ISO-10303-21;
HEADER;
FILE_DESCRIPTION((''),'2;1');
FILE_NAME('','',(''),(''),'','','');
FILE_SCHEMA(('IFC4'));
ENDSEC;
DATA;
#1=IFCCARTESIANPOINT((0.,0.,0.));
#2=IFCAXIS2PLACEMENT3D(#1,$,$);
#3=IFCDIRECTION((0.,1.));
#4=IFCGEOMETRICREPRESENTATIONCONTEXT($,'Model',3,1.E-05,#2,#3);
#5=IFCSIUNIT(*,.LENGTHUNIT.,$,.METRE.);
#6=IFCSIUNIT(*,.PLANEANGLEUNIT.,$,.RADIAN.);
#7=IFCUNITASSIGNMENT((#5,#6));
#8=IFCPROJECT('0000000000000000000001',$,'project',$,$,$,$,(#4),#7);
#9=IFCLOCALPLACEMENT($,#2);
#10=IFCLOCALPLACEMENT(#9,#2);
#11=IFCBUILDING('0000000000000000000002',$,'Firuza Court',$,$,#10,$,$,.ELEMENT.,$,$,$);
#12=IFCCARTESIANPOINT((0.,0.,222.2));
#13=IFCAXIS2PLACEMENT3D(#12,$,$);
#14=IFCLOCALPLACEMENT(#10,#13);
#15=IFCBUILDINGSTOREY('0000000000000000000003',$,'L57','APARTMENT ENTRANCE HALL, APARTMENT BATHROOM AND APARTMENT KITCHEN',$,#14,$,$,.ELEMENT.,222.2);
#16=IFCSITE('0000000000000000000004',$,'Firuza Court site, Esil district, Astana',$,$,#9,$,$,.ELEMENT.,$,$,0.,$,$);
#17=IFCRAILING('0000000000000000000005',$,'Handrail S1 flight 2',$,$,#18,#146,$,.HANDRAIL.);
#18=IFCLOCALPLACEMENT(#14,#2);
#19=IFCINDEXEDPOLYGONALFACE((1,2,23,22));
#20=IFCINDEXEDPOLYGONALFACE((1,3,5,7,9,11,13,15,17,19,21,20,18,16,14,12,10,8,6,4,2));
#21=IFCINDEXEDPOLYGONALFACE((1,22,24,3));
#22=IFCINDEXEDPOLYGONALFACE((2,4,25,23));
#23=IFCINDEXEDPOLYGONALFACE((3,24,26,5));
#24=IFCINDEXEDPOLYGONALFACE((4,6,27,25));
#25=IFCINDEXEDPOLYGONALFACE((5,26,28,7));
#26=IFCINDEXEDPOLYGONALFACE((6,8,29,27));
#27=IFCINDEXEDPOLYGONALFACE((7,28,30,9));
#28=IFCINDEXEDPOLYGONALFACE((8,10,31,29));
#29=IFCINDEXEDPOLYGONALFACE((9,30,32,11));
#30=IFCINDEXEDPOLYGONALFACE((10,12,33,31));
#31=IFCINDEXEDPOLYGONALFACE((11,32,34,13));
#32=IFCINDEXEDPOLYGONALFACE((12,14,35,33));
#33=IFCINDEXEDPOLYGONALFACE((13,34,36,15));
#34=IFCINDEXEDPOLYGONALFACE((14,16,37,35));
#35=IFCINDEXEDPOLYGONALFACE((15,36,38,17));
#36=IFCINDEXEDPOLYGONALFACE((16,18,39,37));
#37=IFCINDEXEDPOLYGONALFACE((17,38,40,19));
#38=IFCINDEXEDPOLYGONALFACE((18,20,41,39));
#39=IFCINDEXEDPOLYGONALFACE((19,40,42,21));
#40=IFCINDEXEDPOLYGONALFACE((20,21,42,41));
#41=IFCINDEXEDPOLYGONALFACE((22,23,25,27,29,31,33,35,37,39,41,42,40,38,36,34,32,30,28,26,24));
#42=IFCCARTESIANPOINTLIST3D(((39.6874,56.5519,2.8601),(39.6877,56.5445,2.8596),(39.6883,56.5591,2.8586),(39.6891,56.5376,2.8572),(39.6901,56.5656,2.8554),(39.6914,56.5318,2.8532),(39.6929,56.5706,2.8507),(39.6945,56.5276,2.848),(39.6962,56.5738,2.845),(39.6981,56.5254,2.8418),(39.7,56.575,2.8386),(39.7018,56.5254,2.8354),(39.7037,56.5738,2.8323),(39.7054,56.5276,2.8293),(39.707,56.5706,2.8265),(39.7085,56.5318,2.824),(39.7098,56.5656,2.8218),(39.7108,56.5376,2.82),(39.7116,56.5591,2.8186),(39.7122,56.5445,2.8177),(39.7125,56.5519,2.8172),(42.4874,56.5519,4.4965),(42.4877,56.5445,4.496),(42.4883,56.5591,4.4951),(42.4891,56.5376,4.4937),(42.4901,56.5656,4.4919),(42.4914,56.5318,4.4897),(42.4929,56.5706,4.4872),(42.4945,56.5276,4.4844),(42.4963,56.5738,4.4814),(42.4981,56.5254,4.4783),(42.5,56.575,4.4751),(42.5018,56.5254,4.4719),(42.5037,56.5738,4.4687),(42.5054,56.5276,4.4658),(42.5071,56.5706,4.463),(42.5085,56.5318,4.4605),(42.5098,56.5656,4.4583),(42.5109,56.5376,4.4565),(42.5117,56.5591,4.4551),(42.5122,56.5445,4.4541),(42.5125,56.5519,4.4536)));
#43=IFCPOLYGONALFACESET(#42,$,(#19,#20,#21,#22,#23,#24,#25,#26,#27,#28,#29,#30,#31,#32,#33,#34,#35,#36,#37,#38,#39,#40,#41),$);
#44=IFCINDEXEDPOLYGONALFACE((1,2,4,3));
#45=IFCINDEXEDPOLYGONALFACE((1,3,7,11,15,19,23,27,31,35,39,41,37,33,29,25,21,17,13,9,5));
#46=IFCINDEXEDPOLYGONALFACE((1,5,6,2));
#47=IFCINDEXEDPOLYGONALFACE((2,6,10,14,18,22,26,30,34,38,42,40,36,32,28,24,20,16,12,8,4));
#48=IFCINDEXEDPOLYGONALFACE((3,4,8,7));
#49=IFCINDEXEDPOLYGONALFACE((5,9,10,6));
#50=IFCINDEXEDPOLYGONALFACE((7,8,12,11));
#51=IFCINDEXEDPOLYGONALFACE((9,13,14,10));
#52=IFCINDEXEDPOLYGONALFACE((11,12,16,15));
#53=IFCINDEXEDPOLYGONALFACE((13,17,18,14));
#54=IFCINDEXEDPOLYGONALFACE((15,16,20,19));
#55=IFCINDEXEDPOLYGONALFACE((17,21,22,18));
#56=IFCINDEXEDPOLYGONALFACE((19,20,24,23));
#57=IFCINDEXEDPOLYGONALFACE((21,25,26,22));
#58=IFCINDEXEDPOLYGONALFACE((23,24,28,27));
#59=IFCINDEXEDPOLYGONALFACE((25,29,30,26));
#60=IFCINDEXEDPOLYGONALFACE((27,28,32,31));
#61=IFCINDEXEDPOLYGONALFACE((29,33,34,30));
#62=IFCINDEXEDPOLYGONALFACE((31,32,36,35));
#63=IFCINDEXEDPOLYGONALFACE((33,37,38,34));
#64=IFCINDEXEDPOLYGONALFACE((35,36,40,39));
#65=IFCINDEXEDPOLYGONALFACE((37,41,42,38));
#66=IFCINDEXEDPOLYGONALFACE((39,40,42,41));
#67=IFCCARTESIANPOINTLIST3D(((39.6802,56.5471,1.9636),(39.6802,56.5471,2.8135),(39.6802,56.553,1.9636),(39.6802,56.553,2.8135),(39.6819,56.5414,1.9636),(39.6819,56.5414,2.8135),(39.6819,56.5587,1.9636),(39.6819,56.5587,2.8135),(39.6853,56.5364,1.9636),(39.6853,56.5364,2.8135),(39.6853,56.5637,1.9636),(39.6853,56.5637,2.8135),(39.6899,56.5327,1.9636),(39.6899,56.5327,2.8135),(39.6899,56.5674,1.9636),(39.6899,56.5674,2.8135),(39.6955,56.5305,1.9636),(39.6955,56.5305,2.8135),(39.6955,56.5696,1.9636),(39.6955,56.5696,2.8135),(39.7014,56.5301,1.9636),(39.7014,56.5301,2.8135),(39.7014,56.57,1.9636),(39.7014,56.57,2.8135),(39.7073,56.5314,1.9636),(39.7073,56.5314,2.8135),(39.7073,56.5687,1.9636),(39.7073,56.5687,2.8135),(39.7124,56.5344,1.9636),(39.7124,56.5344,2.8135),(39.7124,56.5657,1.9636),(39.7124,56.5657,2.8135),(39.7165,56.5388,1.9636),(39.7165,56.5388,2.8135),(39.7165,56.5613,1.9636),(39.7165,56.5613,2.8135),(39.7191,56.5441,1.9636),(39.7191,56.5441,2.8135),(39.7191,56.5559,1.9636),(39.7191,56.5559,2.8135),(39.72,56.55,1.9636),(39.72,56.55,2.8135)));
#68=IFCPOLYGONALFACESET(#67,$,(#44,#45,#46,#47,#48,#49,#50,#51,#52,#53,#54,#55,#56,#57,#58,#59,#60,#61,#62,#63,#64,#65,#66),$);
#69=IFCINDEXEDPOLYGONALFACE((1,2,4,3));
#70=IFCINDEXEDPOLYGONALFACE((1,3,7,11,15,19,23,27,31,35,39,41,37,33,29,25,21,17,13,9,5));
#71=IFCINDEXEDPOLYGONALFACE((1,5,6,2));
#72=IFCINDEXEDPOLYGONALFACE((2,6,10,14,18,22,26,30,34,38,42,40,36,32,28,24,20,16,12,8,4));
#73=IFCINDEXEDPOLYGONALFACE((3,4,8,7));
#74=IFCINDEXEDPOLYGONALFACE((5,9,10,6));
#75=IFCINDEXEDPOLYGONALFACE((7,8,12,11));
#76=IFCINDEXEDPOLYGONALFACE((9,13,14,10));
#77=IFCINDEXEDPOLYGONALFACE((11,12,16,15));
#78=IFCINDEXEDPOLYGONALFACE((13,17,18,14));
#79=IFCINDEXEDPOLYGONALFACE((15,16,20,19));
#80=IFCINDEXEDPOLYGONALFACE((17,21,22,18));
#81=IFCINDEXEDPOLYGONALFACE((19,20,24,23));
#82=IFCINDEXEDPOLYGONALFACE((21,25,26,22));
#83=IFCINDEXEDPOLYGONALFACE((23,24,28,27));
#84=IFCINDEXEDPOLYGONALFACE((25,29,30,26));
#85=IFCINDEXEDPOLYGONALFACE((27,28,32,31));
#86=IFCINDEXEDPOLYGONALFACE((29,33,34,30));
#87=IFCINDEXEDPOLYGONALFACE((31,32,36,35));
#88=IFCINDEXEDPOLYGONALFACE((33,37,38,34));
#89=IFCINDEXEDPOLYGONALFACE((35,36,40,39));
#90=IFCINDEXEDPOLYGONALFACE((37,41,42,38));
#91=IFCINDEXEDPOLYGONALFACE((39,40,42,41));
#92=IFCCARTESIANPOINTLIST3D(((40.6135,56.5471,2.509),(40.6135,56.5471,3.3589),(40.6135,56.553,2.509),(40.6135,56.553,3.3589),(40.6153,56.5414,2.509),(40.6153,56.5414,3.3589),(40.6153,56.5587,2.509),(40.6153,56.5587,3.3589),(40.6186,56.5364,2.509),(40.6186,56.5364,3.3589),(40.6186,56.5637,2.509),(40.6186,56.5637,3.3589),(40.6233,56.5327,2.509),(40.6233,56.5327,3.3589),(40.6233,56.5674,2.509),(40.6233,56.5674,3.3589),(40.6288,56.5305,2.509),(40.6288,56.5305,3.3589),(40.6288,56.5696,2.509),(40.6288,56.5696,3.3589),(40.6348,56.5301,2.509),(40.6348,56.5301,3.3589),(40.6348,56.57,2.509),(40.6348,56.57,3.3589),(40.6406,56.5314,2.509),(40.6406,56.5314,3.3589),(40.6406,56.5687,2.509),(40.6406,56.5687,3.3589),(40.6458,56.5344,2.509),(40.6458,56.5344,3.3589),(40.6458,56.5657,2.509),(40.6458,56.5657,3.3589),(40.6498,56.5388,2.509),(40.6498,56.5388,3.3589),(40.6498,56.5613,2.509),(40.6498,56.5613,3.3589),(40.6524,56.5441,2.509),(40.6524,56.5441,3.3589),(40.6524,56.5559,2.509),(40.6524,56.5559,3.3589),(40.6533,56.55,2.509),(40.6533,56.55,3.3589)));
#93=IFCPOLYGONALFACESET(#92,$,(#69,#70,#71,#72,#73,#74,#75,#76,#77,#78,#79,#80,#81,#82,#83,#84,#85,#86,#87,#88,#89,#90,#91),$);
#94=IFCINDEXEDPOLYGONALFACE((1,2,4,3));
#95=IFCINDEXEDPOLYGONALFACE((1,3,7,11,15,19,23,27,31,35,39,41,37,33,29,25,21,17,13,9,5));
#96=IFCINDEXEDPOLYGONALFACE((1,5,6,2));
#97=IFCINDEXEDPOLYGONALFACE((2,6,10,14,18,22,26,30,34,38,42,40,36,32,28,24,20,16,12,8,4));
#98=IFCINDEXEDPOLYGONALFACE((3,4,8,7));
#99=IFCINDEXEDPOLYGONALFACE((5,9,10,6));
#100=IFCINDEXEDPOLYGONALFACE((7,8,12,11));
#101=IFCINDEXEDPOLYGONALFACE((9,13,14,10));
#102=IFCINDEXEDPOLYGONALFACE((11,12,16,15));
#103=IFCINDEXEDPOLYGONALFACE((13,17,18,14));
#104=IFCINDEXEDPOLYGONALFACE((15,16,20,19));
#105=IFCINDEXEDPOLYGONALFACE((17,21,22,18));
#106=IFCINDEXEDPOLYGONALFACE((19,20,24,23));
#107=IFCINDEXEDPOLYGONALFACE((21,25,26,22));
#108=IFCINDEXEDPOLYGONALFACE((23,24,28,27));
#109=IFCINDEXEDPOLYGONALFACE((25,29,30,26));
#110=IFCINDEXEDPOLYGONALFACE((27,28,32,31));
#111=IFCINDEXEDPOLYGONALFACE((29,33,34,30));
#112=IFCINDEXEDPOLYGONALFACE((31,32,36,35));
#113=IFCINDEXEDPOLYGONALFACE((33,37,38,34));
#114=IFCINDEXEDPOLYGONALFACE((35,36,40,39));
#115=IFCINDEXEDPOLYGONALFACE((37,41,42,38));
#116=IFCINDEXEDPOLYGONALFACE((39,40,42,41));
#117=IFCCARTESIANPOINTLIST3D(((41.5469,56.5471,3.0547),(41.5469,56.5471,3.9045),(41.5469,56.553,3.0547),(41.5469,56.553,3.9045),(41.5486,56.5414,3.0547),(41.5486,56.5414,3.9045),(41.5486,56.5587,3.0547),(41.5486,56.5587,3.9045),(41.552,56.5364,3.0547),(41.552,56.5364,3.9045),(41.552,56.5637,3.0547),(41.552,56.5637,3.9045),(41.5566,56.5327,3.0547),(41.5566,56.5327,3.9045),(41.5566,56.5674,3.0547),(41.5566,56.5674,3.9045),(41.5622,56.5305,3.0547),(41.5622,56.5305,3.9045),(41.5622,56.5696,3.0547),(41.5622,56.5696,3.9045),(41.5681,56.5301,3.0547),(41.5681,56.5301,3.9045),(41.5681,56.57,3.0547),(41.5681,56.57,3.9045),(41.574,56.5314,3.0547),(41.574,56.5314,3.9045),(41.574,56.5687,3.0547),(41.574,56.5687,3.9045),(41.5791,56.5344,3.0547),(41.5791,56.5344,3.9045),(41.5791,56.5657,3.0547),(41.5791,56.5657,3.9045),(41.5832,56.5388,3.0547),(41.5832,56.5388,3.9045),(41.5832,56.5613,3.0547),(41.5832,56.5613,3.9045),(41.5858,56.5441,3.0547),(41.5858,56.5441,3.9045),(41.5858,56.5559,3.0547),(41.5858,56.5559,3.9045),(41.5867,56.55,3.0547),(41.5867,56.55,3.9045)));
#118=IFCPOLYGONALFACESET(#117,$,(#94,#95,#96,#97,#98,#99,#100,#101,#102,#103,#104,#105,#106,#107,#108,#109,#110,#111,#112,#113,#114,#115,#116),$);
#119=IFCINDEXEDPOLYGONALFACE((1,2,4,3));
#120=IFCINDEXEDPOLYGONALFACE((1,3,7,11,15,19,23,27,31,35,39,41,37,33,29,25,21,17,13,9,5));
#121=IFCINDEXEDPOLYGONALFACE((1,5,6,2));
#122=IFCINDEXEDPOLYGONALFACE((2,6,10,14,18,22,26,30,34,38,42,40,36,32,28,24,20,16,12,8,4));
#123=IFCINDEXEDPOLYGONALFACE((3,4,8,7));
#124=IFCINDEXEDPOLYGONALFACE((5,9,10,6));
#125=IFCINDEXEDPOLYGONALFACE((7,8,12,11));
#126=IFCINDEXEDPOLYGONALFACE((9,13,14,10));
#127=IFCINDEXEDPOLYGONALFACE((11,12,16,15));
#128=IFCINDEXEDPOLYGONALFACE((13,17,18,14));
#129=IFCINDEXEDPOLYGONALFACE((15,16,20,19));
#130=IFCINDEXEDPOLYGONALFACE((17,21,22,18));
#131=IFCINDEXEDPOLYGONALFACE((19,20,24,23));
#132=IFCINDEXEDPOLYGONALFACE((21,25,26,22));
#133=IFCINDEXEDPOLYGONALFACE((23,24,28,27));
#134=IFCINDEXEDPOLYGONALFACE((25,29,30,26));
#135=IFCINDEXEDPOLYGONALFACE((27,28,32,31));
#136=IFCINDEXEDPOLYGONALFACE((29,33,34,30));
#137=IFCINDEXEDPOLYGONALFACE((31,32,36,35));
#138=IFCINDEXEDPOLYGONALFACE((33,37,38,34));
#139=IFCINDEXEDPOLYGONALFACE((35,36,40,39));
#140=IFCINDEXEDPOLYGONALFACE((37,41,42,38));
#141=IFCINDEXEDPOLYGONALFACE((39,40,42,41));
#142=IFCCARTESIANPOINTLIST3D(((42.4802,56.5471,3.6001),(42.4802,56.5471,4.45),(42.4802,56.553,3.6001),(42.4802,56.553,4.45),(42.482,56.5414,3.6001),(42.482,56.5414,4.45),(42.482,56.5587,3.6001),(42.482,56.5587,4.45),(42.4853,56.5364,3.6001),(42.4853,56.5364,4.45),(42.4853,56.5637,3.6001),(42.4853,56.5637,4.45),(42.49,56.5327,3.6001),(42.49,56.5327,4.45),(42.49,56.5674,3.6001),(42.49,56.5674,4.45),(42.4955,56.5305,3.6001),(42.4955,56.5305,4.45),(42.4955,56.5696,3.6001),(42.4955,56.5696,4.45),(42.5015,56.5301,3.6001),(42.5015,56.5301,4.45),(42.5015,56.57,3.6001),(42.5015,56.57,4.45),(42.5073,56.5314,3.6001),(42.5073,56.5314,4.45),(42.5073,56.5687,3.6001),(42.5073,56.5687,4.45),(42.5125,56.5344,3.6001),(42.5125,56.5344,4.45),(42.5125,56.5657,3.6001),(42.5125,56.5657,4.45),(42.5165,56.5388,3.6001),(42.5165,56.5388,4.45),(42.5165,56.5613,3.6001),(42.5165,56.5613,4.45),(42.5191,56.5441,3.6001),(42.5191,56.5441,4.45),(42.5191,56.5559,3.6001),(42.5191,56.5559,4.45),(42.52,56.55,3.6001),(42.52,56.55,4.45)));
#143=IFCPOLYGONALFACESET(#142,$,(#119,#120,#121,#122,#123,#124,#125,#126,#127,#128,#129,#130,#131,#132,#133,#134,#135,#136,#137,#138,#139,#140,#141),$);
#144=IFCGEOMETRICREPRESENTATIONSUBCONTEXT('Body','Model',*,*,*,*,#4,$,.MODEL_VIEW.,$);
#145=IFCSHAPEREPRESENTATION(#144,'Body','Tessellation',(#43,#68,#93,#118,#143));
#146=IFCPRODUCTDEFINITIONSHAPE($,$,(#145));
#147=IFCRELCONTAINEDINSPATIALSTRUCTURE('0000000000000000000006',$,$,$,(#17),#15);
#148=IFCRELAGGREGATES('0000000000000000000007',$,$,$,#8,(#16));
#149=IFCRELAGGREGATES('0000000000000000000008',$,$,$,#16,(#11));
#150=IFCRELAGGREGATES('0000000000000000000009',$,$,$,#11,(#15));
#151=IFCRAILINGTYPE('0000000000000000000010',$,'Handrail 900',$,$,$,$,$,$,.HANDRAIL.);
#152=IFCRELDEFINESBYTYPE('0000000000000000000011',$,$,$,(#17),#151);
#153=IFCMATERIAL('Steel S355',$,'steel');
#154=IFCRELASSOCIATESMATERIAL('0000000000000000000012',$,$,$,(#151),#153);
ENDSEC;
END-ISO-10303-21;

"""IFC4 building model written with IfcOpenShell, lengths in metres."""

from ifc_helpers import new_model, si_unit, direction, frame, origin, origin_2d, place, context, subcontext, project, spatial, circle, extrude, material, type_object, element, save


model = new_model("IFC4")

# Units and contexts
model_context = context("Model", 3, precision=1e-05, world=origin(), true_north=direction((0.0, 1.0)))
body_context = subcontext(model_context, "Body", "Model", "MODEL_VIEW")
ifc_project = project(units=[si_unit("LENGTHUNIT", "METRE"), si_unit("PLANEANGLEUNIT", "RADIAN")], contexts=[model_context])

# Site, building, storey
site_placement = place(None, origin())
site = spatial("IfcSite", under=ifc_project, at=site_placement, Name="Firuza Court site, Esil district, Astana", CompositionType="ELEMENT", RefElevation=0.0)
building_placement = place(site_placement, origin())
building = spatial("IfcBuilding", under=site, at=building_placement, Name="Firuza Court", CompositionType="ELEMENT")
storey_placement = place(building_placement, frame((0.0, 0.0, 222.2)))
storey = spatial("IfcBuildingStorey", under=building, at=storey_placement, Name="L57", Description="APARTMENT ENTRANCE HALL, APARTMENT BATHROOM AND APARTMENT KITCHEN", CompositionType="ELEMENT", Elevation=222.2)

# Railing
ifc_material_1 = material(Name="Steel S355", Category="steel")
railing_type = type_object("IfcRailingType", Name="Handrail 900", PredefinedType="HANDRAIL", material=ifc_material_1)
railing_1_placement = place(storey_placement, frame((39.7, 56.55, 1.9636)))
element("IfcRailing", 1, at=railing_1_placement, inside=storey, type_object=railing_type, Name="Handrail S1 flight 2", PredefinedType="HANDRAIL", context=body_context, shape_type="SweptSolid", body=[
    extrude(circle(Radius=0.0249, at=origin_2d()), frame((0.0, 0.0, 0.875), z_axis=(0.863361, 0.0, 0.504587), x_axis=(0.0, 1.0, 0.0)), (0.0, 0.0, 1.0), 3.2432),
    extrude(circle(Radius=0.02, at=origin_2d()), origin(), (0.0, 0.0, 1.0), 0.8499),
    extrude(circle(Radius=0.02, at=origin_2d()), frame((0.9333, 0.0, 0.5454)), (0.0, 0.0, 1.0), 0.8499),
    extrude(circle(Radius=0.02, at=origin_2d()), frame((1.8667, 0.0, 1.0911)), (0.0, 0.0, 1.0), 0.8499),
    extrude(circle(Radius=0.02, at=origin_2d()), frame((2.8, 0.0, 1.6365)), (0.0, 0.0, 1.0), 0.8499),
])

save(model, "model.ifc")
